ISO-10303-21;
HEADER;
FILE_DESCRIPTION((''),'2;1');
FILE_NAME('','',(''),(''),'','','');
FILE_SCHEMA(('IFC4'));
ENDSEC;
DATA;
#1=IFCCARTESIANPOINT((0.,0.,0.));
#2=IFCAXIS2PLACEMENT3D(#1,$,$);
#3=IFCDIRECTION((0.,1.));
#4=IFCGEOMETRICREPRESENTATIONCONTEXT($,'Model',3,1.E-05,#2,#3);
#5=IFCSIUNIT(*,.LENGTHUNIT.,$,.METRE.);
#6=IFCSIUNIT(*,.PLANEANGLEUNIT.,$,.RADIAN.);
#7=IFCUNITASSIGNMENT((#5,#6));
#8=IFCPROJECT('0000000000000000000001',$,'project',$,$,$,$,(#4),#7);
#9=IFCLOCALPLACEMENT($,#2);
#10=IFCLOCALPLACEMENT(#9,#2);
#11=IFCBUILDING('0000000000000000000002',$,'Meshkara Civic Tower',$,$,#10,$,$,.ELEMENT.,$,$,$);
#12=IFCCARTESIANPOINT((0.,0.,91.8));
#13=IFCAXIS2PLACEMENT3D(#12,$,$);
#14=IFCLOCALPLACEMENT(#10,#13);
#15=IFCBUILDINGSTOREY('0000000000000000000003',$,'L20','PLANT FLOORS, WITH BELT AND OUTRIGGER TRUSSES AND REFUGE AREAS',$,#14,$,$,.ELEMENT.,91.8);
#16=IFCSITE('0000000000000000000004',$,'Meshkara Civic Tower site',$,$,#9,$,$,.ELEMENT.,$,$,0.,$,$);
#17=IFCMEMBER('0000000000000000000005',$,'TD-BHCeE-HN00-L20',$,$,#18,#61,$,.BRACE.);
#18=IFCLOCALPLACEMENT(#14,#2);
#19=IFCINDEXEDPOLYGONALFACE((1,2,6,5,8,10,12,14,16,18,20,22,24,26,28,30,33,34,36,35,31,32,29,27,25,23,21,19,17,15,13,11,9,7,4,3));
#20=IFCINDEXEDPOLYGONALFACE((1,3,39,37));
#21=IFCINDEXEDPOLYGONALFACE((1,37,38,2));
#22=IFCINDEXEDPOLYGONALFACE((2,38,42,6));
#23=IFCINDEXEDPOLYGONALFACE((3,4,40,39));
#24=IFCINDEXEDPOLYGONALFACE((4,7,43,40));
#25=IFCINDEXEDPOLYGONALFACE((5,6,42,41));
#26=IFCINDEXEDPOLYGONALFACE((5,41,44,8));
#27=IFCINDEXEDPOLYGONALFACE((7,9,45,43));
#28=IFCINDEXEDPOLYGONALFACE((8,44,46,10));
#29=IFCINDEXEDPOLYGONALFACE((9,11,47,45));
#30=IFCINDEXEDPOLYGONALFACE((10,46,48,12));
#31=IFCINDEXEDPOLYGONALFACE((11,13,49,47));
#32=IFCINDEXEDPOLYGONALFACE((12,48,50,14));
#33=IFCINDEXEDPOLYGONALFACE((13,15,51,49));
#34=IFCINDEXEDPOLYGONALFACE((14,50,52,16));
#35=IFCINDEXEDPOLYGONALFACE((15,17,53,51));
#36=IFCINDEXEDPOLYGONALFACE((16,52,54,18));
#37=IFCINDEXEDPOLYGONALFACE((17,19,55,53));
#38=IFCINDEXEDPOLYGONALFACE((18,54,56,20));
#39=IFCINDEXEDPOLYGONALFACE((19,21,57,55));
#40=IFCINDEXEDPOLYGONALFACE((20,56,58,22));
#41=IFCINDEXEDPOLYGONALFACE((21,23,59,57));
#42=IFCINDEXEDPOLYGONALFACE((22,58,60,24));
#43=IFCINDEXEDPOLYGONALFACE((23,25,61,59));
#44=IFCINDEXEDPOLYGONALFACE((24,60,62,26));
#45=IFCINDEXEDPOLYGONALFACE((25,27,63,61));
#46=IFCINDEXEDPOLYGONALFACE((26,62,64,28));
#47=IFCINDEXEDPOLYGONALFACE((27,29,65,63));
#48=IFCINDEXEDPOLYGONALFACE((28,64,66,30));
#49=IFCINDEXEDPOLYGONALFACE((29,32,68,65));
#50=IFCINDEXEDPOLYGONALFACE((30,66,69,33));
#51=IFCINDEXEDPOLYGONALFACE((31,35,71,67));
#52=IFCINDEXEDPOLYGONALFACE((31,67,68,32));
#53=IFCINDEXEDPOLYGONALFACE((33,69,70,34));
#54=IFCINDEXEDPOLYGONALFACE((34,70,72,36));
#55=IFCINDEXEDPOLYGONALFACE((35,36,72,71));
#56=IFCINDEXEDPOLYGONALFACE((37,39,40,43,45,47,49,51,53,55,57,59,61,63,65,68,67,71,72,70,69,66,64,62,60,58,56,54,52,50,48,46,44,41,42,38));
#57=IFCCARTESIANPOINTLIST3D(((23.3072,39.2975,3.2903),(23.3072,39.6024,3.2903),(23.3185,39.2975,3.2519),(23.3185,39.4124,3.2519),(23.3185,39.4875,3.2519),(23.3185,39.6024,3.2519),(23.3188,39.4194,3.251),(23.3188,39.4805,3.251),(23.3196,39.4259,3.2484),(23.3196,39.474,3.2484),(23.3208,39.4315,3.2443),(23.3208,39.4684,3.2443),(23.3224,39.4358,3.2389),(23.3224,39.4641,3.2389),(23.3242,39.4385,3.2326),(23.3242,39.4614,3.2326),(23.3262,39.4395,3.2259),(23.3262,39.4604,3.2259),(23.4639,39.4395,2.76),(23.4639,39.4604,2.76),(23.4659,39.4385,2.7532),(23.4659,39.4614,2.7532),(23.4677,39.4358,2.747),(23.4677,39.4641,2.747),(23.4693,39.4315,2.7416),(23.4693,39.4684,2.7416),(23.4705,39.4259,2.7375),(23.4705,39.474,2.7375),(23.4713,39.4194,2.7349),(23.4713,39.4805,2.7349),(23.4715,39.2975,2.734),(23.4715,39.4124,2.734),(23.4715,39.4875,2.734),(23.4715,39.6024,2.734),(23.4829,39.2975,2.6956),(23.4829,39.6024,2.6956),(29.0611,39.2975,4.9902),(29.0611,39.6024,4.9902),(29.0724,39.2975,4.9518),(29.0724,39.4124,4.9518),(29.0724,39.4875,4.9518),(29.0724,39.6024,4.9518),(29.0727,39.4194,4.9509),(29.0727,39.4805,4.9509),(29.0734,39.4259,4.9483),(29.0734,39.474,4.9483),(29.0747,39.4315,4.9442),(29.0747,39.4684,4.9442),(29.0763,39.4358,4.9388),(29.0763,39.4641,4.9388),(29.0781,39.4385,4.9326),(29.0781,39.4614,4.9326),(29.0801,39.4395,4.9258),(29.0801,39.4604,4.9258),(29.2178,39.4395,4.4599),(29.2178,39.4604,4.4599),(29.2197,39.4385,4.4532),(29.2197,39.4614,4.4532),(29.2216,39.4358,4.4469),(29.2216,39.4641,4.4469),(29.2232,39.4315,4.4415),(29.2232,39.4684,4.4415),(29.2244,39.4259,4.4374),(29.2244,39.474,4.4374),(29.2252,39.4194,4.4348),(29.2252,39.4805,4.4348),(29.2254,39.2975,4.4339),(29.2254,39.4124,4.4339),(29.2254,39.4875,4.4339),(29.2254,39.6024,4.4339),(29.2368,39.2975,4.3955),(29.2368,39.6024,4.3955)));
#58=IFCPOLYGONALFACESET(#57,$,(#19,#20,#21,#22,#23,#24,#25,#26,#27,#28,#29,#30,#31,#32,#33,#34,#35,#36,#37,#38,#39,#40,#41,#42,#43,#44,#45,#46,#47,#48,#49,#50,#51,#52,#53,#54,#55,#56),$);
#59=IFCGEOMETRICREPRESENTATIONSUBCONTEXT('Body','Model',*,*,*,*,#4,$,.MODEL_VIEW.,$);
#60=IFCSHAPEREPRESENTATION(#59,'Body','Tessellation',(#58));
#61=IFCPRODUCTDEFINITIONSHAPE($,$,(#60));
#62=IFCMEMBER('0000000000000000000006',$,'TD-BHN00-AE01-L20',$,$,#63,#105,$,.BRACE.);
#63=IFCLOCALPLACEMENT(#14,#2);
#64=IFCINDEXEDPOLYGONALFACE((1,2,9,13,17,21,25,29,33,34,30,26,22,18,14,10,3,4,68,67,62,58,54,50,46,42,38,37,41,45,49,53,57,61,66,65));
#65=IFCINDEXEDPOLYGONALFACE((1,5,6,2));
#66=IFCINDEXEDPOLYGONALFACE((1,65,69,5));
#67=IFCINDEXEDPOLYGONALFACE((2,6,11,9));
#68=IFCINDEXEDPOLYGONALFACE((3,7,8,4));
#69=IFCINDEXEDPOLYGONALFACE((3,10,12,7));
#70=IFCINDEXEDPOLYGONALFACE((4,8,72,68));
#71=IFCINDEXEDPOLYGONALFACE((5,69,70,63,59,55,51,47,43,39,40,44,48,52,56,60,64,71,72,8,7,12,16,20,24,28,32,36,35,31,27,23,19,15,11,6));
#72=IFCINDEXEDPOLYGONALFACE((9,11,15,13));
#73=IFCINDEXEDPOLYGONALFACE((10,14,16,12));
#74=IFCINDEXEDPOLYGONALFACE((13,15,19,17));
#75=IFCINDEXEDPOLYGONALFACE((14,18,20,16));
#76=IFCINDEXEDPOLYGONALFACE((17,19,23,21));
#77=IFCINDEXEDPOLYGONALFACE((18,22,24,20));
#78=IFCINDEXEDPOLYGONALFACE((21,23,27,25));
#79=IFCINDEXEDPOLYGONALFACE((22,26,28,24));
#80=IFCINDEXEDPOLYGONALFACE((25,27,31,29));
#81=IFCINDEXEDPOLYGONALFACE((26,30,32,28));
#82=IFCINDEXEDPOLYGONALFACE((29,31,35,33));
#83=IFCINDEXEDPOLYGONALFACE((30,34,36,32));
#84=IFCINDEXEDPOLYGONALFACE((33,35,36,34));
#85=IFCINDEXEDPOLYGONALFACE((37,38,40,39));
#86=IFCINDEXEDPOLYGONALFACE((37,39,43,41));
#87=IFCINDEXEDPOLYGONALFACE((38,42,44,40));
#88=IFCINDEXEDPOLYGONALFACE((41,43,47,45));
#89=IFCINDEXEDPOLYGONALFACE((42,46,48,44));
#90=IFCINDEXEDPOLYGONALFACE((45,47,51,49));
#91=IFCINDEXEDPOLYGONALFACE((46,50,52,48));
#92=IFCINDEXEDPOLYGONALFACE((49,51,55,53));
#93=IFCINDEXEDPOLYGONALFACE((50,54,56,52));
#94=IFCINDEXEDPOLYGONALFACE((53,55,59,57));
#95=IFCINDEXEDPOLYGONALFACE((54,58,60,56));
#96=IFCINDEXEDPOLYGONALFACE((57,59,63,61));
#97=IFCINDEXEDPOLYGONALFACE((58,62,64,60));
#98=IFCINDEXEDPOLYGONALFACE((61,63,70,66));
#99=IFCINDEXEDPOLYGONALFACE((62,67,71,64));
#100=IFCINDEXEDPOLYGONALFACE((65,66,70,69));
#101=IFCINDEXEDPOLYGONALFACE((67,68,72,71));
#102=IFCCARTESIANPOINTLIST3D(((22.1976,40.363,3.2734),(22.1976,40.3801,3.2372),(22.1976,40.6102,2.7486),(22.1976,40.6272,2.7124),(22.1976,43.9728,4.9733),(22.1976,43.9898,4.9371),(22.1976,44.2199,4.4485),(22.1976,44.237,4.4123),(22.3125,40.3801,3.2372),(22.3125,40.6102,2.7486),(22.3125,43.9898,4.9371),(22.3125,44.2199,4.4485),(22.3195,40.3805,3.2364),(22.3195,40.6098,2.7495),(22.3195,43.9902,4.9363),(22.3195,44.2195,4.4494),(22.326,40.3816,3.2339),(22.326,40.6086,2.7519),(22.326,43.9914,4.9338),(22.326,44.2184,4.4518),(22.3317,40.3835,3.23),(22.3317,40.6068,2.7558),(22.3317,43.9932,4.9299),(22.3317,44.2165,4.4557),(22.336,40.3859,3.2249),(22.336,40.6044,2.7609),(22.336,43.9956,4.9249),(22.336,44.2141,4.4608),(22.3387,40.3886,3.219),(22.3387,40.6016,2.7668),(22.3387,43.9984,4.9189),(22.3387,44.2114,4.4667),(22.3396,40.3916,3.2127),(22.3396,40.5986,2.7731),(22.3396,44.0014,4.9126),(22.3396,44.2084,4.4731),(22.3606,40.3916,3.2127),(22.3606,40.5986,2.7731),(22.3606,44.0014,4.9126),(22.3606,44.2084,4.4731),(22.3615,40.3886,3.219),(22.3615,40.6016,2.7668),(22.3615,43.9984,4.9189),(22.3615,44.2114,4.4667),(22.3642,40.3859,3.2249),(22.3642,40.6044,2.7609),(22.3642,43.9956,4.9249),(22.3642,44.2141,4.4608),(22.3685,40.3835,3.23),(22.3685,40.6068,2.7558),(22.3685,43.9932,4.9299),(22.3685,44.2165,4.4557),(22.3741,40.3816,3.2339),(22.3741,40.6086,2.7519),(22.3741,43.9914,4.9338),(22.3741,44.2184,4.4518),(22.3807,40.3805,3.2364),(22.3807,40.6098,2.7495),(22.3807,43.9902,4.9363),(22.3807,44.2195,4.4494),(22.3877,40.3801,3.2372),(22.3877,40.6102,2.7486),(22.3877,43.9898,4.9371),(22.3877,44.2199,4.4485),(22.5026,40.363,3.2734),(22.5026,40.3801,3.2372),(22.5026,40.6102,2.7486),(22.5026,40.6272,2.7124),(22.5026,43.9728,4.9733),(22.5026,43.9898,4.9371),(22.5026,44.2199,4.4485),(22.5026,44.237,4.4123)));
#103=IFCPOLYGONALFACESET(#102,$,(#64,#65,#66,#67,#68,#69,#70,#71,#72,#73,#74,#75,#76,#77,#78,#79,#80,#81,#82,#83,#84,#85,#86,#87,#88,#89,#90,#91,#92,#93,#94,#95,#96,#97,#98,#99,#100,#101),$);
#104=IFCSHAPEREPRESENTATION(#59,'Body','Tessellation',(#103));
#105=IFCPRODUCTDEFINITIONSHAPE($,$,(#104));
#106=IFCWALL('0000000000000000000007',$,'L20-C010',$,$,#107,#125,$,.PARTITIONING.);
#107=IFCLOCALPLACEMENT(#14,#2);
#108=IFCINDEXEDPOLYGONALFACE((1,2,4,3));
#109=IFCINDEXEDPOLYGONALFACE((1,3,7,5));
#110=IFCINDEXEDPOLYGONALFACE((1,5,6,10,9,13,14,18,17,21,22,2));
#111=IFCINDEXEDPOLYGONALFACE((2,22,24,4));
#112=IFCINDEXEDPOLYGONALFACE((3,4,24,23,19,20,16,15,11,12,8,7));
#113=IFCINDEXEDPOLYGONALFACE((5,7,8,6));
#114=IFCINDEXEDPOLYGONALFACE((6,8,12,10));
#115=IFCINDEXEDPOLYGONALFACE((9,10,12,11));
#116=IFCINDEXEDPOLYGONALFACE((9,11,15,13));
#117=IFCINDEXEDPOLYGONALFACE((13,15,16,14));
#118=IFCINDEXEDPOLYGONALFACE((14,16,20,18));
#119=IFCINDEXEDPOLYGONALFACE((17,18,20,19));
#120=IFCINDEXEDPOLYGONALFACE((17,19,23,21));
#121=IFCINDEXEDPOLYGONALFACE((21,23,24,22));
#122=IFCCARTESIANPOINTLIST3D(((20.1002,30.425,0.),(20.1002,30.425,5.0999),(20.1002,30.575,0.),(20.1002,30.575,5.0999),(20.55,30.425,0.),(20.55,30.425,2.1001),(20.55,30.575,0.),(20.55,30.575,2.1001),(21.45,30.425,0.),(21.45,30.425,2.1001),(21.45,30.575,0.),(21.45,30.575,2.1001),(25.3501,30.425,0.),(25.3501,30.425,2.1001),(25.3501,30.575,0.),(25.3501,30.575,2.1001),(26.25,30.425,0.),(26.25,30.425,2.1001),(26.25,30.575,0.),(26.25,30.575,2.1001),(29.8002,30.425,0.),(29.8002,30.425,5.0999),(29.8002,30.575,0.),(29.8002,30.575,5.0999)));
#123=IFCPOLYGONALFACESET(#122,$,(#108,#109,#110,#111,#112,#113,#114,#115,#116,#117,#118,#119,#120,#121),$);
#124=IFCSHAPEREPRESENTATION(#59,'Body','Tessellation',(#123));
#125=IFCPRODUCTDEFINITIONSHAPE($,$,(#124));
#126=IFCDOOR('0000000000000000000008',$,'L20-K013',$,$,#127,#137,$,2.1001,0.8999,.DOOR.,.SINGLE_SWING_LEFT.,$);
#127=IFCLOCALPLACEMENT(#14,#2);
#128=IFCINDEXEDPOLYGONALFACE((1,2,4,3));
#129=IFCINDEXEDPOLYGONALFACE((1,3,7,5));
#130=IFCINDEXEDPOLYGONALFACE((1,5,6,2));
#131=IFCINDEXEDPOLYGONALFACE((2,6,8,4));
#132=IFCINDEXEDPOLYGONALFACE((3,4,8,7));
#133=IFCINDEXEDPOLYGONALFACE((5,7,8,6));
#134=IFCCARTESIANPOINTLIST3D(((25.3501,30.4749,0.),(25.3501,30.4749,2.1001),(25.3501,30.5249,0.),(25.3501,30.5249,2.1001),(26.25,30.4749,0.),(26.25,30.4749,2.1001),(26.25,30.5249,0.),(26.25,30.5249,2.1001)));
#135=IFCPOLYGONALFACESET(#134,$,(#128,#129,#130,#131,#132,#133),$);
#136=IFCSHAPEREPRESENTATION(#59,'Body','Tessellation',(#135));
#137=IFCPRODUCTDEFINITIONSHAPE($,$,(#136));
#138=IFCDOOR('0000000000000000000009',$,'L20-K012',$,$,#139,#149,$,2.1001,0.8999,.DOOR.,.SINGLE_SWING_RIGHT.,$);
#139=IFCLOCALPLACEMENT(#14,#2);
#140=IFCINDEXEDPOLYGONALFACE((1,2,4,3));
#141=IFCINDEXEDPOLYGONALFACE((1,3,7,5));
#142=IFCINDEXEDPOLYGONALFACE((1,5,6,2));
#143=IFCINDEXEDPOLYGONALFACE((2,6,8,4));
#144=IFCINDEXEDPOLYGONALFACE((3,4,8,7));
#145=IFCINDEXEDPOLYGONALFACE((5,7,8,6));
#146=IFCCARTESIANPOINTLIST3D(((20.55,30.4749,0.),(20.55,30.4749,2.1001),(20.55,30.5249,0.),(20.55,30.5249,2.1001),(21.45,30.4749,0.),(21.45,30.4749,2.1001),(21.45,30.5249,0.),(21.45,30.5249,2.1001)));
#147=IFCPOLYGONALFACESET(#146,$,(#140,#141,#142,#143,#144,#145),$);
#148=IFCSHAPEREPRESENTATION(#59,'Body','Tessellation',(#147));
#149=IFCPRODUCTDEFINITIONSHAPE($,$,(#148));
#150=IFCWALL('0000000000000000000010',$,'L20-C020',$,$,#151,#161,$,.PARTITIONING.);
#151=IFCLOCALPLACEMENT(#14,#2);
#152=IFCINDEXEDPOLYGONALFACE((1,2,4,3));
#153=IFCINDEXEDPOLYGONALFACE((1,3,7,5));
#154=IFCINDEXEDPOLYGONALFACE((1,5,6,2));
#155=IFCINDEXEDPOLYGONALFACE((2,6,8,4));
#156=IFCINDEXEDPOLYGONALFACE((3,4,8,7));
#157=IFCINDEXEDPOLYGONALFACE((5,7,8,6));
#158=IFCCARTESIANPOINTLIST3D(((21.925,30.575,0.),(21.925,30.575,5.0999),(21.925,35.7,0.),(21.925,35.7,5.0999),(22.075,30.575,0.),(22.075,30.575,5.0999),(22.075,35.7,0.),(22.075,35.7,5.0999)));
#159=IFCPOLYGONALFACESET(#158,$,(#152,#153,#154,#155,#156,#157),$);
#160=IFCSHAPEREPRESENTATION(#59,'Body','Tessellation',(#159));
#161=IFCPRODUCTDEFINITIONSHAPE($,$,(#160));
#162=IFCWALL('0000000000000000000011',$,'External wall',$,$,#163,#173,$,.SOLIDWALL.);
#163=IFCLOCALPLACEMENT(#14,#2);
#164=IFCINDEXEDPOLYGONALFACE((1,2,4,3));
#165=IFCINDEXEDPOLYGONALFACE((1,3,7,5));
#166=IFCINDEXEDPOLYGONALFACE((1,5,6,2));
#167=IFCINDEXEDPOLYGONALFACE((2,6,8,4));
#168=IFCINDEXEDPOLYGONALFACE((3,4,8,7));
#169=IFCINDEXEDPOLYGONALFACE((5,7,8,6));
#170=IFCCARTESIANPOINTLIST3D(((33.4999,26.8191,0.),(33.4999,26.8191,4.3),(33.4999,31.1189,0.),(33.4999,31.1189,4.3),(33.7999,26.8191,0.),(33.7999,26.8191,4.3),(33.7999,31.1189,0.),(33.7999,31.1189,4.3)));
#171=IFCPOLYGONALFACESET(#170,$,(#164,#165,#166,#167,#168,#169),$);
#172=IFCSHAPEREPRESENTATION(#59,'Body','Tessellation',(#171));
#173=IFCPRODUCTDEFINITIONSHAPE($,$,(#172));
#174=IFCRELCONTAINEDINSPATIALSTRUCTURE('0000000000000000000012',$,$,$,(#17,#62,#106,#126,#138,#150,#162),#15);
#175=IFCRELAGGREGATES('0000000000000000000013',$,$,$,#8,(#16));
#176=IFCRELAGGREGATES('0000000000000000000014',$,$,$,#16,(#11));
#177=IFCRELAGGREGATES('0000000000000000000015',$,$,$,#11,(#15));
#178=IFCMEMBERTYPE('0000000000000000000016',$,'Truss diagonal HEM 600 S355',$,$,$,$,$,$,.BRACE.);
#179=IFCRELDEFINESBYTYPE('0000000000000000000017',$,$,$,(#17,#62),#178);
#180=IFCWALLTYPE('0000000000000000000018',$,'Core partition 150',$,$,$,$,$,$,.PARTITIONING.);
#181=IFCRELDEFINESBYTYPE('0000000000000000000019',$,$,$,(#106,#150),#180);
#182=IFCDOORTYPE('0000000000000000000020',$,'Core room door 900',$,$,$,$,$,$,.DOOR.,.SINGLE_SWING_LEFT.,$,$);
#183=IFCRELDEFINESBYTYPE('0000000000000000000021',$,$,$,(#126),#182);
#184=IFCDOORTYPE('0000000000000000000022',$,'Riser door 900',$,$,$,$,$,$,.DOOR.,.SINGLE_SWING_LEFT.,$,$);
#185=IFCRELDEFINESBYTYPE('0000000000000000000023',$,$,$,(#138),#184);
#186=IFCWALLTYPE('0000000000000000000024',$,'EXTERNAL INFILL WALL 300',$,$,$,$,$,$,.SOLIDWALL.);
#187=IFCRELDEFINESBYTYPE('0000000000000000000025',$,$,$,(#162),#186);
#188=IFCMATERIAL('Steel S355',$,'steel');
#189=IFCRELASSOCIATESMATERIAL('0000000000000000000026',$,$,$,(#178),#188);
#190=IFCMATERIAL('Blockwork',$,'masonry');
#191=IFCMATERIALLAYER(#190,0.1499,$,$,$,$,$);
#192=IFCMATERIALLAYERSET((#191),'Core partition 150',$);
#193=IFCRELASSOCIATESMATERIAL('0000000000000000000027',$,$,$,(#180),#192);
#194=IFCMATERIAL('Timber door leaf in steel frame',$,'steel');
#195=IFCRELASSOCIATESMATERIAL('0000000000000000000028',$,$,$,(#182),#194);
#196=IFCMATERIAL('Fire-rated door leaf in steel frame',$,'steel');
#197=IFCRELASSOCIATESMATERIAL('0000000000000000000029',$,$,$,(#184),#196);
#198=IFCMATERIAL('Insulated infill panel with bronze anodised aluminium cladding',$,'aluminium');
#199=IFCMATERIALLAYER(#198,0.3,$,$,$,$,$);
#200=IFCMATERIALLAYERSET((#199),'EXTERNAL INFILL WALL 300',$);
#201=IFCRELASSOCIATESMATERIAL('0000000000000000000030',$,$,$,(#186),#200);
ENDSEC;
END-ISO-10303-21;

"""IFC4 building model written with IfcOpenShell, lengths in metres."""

from ifc_helpers import new_model, si_unit, direction, frame, frame_2d, origin, origin_2d, place, context, subcontext, project, spatial, rectangle, i_section, extrude, material, layer, layer_set, material_profile, profile_set, type_object, element, fill, save


model = new_model("IFC4")

# Units and contexts
model_context = context("Model", 3, precision=1e-05, world=origin(), true_north=direction((0.0, 1.0)))
body_context = subcontext(model_context, "Body", "Model", "MODEL_VIEW")
ifc_project = project(units=[si_unit("LENGTHUNIT", "METRE"), si_unit("PLANEANGLEUNIT", "RADIAN")], contexts=[model_context])

# Site, building, storey
site_placement = place(None, origin())
site = spatial("IfcSite", under=ifc_project, at=site_placement, Name="Meshkara Civic Tower site", CompositionType="ELEMENT", RefElevation=0.0)
building_placement = place(site_placement, origin())
building = spatial("IfcBuilding", under=site, at=building_placement, Name="Meshkara Civic Tower", CompositionType="ELEMENT")
storey_placement = place(building_placement, frame((0.0, 0.0, 91.8)))
storey = spatial("IfcBuildingStorey", under=building, at=storey_placement, Name="L20", Description="PLANT FLOORS, WITH BELT AND OUTRIGGER TRUSSES AND REFUGE AREAS", CompositionType="ELEMENT", Elevation=91.8)

# Members
ifc_material_1 = material(Name="Steel S355", Category="steel")
ifc_material_profile_1 = material_profile(ifc_material_1, i_section(OverallWidth=0.3049, OverallDepth=0.6201, WebThickness=0.021, FlangeThickness=0.04, FilletRadius=0.0271, at=origin_2d()))
ifc_profile_set_1 = profile_set([ifc_material_profile_1], Name="Steel S355")
member_type = type_object("IfcMemberType", Name="Truss diagonal HEM 600 S355", PredefinedType="BRACE", material=ifc_profile_set_1)
member_1_placement = place(storey_placement, frame((29.1489, 39.45, 4.6929), z_axis=(-0.959021, 0.0, -0.283336), x_axis=(0.0, -1.0, 0.0)))
element("IfcMember", 1, at=member_1_placement, inside=storey, type_object=member_type, Name="TD-BHCeE-HN00-L20", PredefinedType="BRACE", context=body_context, shape_type="SweptSolid", body=[
    extrude(i_section(OverallWidth=0.3049, OverallDepth=0.6201, WebThickness=0.021, FlangeThickness=0.04, FilletRadius=0.0271, at=origin_2d()), origin(), (0.0, 0.0, 1.0), 5.9998),
])
member_2_placement = place(storey_placement, frame((22.3501, 40.4951, 2.9929), z_axis=(0.0, 0.904704, 0.426042), x_axis=(-1.0, 0.0, 0.0)))
element("IfcMember", 2, at=member_2_placement, inside=storey, type_object=member_type, Name="TD-BHN00-AE01-L20", PredefinedType="BRACE", context=body_context, shape_type="SweptSolid", body=[
    extrude(i_section(OverallWidth=0.3049, OverallDepth=0.6201, WebThickness=0.021, FlangeThickness=0.04, FilletRadius=0.0271, at=origin_2d()), origin(), (0.0, 0.0, 1.0), 3.99),
])

# Wall, openings, doors
ifc_material_2 = material(Name="Blockwork", Category="masonry")
ifc_layer_1 = layer(ifc_material_2, 0.1499)
ifc_layer_set_1 = layer_set([ifc_layer_1], Name="Core partition 150")
wall_type_1 = type_object("IfcWallType", Name="Core partition 150", PredefinedType="PARTITIONING", material=ifc_layer_set_1)
wall_1_placement = place(storey_placement, frame((20.1001, 30.5, 0.0), z_axis=(0.0, 0.0, 1.0), x_axis=(1.0, 0.0, 0.0)))
wall_1 = element("IfcWall", 3, at=wall_1_placement, inside=storey, type_object=wall_type_1, Name="L20-C010", PredefinedType="PARTITIONING", context=body_context, shape_type="SweptSolid", body=[
    extrude(rectangle(XDim=9.7, YDim=0.1499, at=frame_2d((4.8501, 0.0))), origin(), (0.0, 0.0, 1.0), 5.0999),
])
opening_1_placement = place(wall_1_placement, frame((0.45, 0.0, 0.0)))
opening_1 = element("IfcOpeningElement", 4, at=opening_1_placement, cuts=wall_1, PredefinedType="OPENING", context=body_context, shape_type="SweptSolid", body=[
    extrude(rectangle(XDim=0.8999, YDim=2.1001, at=frame_2d((0.45, 1.05))), frame((0.0, 0.085, 0.0), z_axis=(0.0, -1.0, 0.0), x_axis=(1.0, 0.0, 0.0)), (0.0, 0.0, 1.0), 0.1699),
])
opening_2_placement = place(wall_1_placement, frame((5.25, 0.0, 0.0)))
opening_2 = element("IfcOpeningElement", 5, at=opening_2_placement, cuts=wall_1, PredefinedType="OPENING", context=body_context, shape_type="SweptSolid", body=[
    extrude(rectangle(XDim=0.8999, YDim=2.1001, at=frame_2d((0.45, 1.05))), frame((0.0, 0.085, 0.0), z_axis=(0.0, -1.0, 0.0), x_axis=(1.0, 0.0, 0.0)), (0.0, 0.0, 1.0), 0.1699),
])
ifc_material_3 = material(Name="Timber door leaf in steel frame", Category="steel")
door_type_1 = type_object("IfcDoorType", Name="Core room door 900", OperationType="SINGLE_SWING_LEFT", PredefinedType="DOOR", material=ifc_material_3)
door_1_placement = place(opening_2_placement, origin())
door_1 = element("IfcDoor", 6, at=door_1_placement, inside=storey, type_object=door_type_1, Name="L20-K013", OperationType="SINGLE_SWING_LEFT", OverallHeight=2.1001, OverallWidth=0.8999, PredefinedType="DOOR", context=body_context, shape_type="SweptSolid", body=[
    extrude(rectangle(XDim=0.8999, YDim=2.1001, at=frame_2d((0.45, 1.05))), frame((0.0, 0.0249, 0.0), z_axis=(0.0, -1.0, 0.0), x_axis=(1.0, 0.0, 0.0)), (0.0, 0.0, 1.0), 0.05),
])
fill(opening_2, door_1)
ifc_material_4 = material(Name="Fire-rated door leaf in steel frame", Category="steel")
door_type_2 = type_object("IfcDoorType", Name="Riser door 900", OperationType="SINGLE_SWING_LEFT", PredefinedType="DOOR", material=ifc_material_4)
door_2_placement = place(opening_1_placement, origin())
door_2 = element("IfcDoor", 7, at=door_2_placement, inside=storey, type_object=door_type_2, Name="L20-K012", OperationType="SINGLE_SWING_RIGHT", OverallHeight=2.1001, OverallWidth=0.8999, PredefinedType="DOOR", context=body_context, shape_type="SweptSolid", body=[
    extrude(rectangle(XDim=0.8999, YDim=2.1001, at=frame_2d((0.45, 1.05))), frame((0.0, 0.0249, 0.0), z_axis=(0.0, -1.0, 0.0), x_axis=(1.0, 0.0, 0.0)), (0.0, 0.0, 1.0), 0.05),
])
fill(opening_1, door_2)

# Walls
wall_2_placement = place(storey_placement, frame((22.0, 30.575, 0.0), z_axis=(0.0, 0.0, 1.0), x_axis=(0.0, 1.0, 0.0)))
element("IfcWall", 8, at=wall_2_placement, inside=storey, type_object=wall_type_1, Name="L20-C020", PredefinedType="PARTITIONING", context=body_context, shape_type="SweptSolid", body=[
    extrude(rectangle(XDim=5.125, YDim=0.1499, at=frame_2d((2.5625, 0.0))), origin(), (0.0, 0.0, 1.0), 5.0999),
])
ifc_material_5 = material(Name="Insulated infill panel with bronze anodised aluminium cladding", Category="aluminium")
ifc_layer_2 = layer(ifc_material_5, 0.3)
ifc_layer_set_2 = layer_set([ifc_layer_2], Name="EXTERNAL INFILL WALL 300")
wall_type_2 = type_object("IfcWallType", Name="EXTERNAL INFILL WALL 300", PredefinedType="SOLIDWALL", material=ifc_layer_set_2)
wall_3_placement = place(storey_placement, frame((33.6499, 26.8191, 0.0), z_axis=(0.0, 0.0, 1.0), x_axis=(0.0, 1.0, 0.0)))
element("IfcWall", 9, at=wall_3_placement, inside=storey, type_object=wall_type_2, Name="External wall", PredefinedType="SOLIDWALL", context=body_context, shape_type="SweptSolid", body=[
    extrude(rectangle(XDim=4.2998, YDim=0.3, at=frame_2d((2.1499, 0.0))), origin(), (0.0, 0.0, 1.0), 4.3),
])

save(model, "model.ifc")
